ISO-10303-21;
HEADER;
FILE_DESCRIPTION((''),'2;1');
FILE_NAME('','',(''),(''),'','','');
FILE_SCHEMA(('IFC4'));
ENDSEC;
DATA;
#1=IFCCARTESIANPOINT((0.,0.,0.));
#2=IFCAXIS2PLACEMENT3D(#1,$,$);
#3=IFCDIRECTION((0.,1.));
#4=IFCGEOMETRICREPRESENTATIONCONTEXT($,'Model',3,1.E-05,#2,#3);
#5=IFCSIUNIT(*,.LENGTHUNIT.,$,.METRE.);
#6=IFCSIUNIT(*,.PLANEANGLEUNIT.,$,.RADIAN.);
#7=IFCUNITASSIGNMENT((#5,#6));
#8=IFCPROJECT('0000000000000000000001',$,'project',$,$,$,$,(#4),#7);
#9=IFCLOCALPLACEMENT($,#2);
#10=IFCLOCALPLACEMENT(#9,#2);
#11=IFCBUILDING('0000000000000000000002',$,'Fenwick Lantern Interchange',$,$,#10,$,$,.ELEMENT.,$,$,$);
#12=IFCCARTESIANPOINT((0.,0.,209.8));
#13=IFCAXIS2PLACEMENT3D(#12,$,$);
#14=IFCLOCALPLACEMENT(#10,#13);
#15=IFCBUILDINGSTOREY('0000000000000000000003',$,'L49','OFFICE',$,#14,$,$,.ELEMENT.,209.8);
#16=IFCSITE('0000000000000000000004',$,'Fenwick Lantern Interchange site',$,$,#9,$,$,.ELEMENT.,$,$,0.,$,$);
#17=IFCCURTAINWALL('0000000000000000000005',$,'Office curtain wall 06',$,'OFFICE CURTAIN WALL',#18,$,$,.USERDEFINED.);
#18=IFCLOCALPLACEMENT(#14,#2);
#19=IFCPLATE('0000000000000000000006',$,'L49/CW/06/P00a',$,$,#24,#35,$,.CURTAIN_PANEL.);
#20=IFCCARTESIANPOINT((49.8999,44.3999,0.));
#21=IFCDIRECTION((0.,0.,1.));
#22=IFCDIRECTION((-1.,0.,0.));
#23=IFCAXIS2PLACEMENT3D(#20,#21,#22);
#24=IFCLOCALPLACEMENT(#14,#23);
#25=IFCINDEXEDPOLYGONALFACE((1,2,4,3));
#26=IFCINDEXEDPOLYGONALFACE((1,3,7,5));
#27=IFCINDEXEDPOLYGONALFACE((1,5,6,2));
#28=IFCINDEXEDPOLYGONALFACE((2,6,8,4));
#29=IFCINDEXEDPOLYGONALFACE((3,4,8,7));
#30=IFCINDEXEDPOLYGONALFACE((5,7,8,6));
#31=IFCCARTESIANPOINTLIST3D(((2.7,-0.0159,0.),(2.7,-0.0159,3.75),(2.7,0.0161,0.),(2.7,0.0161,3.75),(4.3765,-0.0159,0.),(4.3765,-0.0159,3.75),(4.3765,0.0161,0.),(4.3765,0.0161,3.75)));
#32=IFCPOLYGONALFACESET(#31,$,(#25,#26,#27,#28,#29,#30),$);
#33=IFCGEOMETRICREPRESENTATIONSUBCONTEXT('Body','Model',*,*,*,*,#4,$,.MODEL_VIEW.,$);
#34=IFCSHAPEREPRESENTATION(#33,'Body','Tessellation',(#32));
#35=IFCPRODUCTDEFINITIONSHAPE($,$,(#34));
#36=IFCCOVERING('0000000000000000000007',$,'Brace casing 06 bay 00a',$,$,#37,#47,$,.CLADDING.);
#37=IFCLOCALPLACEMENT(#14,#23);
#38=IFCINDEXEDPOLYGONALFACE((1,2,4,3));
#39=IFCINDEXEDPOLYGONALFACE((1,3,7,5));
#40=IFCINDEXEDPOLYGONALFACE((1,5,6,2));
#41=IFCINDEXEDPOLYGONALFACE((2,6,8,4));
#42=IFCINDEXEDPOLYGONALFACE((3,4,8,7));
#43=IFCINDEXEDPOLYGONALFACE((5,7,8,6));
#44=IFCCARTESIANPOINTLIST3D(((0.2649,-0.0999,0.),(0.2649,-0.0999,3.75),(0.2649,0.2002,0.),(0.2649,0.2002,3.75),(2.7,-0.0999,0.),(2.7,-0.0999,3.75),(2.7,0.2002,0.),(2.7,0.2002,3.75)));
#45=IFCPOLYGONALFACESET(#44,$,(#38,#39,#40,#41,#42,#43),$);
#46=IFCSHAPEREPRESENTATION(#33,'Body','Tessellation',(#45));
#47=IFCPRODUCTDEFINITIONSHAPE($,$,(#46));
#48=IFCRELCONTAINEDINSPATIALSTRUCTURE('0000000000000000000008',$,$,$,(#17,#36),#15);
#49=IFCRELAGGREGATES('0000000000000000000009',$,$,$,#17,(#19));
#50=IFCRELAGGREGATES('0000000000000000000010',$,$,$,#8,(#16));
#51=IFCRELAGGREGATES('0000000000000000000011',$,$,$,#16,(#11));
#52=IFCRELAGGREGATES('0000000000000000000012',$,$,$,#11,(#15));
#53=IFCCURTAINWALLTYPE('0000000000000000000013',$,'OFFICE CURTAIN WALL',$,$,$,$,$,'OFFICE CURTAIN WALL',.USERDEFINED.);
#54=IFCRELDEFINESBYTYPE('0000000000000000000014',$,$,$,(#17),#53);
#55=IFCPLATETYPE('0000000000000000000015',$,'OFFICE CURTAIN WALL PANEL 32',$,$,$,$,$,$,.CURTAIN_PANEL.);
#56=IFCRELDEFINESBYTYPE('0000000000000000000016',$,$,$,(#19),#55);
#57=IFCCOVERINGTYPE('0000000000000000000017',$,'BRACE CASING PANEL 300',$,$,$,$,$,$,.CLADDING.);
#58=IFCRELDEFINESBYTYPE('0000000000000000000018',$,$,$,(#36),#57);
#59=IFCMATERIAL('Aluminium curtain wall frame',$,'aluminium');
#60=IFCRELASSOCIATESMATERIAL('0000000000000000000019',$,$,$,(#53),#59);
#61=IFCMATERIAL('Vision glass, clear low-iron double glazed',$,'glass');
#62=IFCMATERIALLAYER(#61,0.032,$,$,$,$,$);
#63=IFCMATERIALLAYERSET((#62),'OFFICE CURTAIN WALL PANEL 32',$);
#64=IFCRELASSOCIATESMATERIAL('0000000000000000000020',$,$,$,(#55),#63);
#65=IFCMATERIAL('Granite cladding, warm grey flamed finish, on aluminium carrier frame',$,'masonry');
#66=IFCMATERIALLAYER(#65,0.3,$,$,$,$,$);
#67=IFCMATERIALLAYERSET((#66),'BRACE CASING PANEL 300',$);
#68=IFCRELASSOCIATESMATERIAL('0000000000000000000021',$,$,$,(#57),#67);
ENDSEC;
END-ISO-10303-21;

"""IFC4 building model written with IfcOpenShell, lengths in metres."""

from ifc_helpers import new_model, si_unit, direction, frame, origin, place, context, subcontext, project, spatial, polyline, outline, extrude, material, layer, layer_set, type_object, element, aggregate, save


model = new_model("IFC4")

# Units and contexts
model_context = context("Model", 3, precision=1e-05, world=origin(), true_north=direction((0.0, 1.0)))
body_context = subcontext(model_context, "Body", "Model", "MODEL_VIEW")
ifc_project = project(units=[si_unit("LENGTHUNIT", "METRE"), si_unit("PLANEANGLEUNIT", "RADIAN")], contexts=[model_context])

# Site, building, storey
site_placement = place(None, origin())
site = spatial("IfcSite", under=ifc_project, at=site_placement, Name="Fenwick Lantern Interchange site", CompositionType="ELEMENT", RefElevation=0.0)
building_placement = place(site_placement, origin())
building = spatial("IfcBuilding", under=site, at=building_placement, Name="Fenwick Lantern Interchange", CompositionType="ELEMENT")
storey_placement = place(building_placement, frame((0.0, 0.0, 209.8)))
storey = spatial("IfcBuildingStorey", under=building, at=storey_placement, Name="L49", Description="OFFICE", CompositionType="ELEMENT", Elevation=209.8)

# Curtain wall
ifc_material_1 = material(Name="Aluminium curtain wall frame", Category="aluminium")
curtain_wall_type = type_object("IfcCurtainWallType", Name="OFFICE CURTAIN WALL", ElementType="OFFICE CURTAIN WALL", PredefinedType="USERDEFINED", material=ifc_material_1)
curtain_wall_1_placement = place(storey_placement, origin())
curtain_wall_1 = element("IfcCurtainWall", 1, at=curtain_wall_1_placement, inside=storey, type_object=curtain_wall_type, Name="Office curtain wall 06", ObjectType="OFFICE CURTAIN WALL", PredefinedType="USERDEFINED")

# Plate
ifc_material_2 = material(Name="Vision glass, clear low-iron double glazed", Category="glass")
ifc_layer_1 = layer(ifc_material_2, 0.032)
ifc_layer_set_1 = layer_set([ifc_layer_1], Name="OFFICE CURTAIN WALL PANEL 32")
plate_type = type_object("IfcPlateType", Name="OFFICE CURTAIN WALL PANEL 32", PredefinedType="CURTAIN_PANEL", material=ifc_layer_set_1)
plate_placement = place(storey_placement, frame((49.8999, 44.3999, 0.0), z_axis=(0.0, 0.0, 1.0), x_axis=(-1.0, 0.0, 0.0)))
plate = element("IfcPlate", 2, at=plate_placement, type_object=plate_type, Name="L49/CW/06/P00a", PredefinedType="CURTAIN_PANEL", context=body_context, shape_type="SweptSolid", body=[
    extrude(outline(polyline([(2.7, 0.0), (4.3765, 0.0), (4.3765, 3.75), (2.7, 3.75), (2.7, 0.0)])), frame((0.0, 0.0161, 0.0), z_axis=(0.0, -1.0, 0.0), x_axis=(1.0, 0.0, 0.0)), (0.0, 0.0, 1.0), 0.032),
])
aggregate(curtain_wall_1, [plate])

# Covering
ifc_material_3 = material(Name="Granite cladding, warm grey flamed finish, on aluminium carrier frame", Category="masonry")
ifc_layer_2 = layer(ifc_material_3, 0.3)
ifc_layer_set_2 = layer_set([ifc_layer_2], Name="BRACE CASING PANEL 300")
covering_type = type_object("IfcCoveringType", Name="BRACE CASING PANEL 300", PredefinedType="CLADDING", material=ifc_layer_set_2)
covering_placement = place(storey_placement, frame((49.8999, 44.3999, 0.0), z_axis=(0.0, 0.0, 1.0), x_axis=(-1.0, 0.0, 0.0)))
element("IfcCovering", 3, at=covering_placement, inside=storey, type_object=covering_type, Name="Brace casing 06 bay 00a", PredefinedType="CLADDING", context=body_context, shape_type="SweptSolid", body=[
    extrude(outline(polyline([(0.2649, 0.0), (2.7, 0.0), (2.7, 3.75), (0.2649, 3.75), (0.2649, 0.0)])), frame((0.0, 0.2002, 0.0), z_axis=(0.0, -1.0, 0.0), x_axis=(1.0, 0.0, 0.0)), (0.0, 0.0, 1.0), 0.3),
])

save(model, "model.ifc")
